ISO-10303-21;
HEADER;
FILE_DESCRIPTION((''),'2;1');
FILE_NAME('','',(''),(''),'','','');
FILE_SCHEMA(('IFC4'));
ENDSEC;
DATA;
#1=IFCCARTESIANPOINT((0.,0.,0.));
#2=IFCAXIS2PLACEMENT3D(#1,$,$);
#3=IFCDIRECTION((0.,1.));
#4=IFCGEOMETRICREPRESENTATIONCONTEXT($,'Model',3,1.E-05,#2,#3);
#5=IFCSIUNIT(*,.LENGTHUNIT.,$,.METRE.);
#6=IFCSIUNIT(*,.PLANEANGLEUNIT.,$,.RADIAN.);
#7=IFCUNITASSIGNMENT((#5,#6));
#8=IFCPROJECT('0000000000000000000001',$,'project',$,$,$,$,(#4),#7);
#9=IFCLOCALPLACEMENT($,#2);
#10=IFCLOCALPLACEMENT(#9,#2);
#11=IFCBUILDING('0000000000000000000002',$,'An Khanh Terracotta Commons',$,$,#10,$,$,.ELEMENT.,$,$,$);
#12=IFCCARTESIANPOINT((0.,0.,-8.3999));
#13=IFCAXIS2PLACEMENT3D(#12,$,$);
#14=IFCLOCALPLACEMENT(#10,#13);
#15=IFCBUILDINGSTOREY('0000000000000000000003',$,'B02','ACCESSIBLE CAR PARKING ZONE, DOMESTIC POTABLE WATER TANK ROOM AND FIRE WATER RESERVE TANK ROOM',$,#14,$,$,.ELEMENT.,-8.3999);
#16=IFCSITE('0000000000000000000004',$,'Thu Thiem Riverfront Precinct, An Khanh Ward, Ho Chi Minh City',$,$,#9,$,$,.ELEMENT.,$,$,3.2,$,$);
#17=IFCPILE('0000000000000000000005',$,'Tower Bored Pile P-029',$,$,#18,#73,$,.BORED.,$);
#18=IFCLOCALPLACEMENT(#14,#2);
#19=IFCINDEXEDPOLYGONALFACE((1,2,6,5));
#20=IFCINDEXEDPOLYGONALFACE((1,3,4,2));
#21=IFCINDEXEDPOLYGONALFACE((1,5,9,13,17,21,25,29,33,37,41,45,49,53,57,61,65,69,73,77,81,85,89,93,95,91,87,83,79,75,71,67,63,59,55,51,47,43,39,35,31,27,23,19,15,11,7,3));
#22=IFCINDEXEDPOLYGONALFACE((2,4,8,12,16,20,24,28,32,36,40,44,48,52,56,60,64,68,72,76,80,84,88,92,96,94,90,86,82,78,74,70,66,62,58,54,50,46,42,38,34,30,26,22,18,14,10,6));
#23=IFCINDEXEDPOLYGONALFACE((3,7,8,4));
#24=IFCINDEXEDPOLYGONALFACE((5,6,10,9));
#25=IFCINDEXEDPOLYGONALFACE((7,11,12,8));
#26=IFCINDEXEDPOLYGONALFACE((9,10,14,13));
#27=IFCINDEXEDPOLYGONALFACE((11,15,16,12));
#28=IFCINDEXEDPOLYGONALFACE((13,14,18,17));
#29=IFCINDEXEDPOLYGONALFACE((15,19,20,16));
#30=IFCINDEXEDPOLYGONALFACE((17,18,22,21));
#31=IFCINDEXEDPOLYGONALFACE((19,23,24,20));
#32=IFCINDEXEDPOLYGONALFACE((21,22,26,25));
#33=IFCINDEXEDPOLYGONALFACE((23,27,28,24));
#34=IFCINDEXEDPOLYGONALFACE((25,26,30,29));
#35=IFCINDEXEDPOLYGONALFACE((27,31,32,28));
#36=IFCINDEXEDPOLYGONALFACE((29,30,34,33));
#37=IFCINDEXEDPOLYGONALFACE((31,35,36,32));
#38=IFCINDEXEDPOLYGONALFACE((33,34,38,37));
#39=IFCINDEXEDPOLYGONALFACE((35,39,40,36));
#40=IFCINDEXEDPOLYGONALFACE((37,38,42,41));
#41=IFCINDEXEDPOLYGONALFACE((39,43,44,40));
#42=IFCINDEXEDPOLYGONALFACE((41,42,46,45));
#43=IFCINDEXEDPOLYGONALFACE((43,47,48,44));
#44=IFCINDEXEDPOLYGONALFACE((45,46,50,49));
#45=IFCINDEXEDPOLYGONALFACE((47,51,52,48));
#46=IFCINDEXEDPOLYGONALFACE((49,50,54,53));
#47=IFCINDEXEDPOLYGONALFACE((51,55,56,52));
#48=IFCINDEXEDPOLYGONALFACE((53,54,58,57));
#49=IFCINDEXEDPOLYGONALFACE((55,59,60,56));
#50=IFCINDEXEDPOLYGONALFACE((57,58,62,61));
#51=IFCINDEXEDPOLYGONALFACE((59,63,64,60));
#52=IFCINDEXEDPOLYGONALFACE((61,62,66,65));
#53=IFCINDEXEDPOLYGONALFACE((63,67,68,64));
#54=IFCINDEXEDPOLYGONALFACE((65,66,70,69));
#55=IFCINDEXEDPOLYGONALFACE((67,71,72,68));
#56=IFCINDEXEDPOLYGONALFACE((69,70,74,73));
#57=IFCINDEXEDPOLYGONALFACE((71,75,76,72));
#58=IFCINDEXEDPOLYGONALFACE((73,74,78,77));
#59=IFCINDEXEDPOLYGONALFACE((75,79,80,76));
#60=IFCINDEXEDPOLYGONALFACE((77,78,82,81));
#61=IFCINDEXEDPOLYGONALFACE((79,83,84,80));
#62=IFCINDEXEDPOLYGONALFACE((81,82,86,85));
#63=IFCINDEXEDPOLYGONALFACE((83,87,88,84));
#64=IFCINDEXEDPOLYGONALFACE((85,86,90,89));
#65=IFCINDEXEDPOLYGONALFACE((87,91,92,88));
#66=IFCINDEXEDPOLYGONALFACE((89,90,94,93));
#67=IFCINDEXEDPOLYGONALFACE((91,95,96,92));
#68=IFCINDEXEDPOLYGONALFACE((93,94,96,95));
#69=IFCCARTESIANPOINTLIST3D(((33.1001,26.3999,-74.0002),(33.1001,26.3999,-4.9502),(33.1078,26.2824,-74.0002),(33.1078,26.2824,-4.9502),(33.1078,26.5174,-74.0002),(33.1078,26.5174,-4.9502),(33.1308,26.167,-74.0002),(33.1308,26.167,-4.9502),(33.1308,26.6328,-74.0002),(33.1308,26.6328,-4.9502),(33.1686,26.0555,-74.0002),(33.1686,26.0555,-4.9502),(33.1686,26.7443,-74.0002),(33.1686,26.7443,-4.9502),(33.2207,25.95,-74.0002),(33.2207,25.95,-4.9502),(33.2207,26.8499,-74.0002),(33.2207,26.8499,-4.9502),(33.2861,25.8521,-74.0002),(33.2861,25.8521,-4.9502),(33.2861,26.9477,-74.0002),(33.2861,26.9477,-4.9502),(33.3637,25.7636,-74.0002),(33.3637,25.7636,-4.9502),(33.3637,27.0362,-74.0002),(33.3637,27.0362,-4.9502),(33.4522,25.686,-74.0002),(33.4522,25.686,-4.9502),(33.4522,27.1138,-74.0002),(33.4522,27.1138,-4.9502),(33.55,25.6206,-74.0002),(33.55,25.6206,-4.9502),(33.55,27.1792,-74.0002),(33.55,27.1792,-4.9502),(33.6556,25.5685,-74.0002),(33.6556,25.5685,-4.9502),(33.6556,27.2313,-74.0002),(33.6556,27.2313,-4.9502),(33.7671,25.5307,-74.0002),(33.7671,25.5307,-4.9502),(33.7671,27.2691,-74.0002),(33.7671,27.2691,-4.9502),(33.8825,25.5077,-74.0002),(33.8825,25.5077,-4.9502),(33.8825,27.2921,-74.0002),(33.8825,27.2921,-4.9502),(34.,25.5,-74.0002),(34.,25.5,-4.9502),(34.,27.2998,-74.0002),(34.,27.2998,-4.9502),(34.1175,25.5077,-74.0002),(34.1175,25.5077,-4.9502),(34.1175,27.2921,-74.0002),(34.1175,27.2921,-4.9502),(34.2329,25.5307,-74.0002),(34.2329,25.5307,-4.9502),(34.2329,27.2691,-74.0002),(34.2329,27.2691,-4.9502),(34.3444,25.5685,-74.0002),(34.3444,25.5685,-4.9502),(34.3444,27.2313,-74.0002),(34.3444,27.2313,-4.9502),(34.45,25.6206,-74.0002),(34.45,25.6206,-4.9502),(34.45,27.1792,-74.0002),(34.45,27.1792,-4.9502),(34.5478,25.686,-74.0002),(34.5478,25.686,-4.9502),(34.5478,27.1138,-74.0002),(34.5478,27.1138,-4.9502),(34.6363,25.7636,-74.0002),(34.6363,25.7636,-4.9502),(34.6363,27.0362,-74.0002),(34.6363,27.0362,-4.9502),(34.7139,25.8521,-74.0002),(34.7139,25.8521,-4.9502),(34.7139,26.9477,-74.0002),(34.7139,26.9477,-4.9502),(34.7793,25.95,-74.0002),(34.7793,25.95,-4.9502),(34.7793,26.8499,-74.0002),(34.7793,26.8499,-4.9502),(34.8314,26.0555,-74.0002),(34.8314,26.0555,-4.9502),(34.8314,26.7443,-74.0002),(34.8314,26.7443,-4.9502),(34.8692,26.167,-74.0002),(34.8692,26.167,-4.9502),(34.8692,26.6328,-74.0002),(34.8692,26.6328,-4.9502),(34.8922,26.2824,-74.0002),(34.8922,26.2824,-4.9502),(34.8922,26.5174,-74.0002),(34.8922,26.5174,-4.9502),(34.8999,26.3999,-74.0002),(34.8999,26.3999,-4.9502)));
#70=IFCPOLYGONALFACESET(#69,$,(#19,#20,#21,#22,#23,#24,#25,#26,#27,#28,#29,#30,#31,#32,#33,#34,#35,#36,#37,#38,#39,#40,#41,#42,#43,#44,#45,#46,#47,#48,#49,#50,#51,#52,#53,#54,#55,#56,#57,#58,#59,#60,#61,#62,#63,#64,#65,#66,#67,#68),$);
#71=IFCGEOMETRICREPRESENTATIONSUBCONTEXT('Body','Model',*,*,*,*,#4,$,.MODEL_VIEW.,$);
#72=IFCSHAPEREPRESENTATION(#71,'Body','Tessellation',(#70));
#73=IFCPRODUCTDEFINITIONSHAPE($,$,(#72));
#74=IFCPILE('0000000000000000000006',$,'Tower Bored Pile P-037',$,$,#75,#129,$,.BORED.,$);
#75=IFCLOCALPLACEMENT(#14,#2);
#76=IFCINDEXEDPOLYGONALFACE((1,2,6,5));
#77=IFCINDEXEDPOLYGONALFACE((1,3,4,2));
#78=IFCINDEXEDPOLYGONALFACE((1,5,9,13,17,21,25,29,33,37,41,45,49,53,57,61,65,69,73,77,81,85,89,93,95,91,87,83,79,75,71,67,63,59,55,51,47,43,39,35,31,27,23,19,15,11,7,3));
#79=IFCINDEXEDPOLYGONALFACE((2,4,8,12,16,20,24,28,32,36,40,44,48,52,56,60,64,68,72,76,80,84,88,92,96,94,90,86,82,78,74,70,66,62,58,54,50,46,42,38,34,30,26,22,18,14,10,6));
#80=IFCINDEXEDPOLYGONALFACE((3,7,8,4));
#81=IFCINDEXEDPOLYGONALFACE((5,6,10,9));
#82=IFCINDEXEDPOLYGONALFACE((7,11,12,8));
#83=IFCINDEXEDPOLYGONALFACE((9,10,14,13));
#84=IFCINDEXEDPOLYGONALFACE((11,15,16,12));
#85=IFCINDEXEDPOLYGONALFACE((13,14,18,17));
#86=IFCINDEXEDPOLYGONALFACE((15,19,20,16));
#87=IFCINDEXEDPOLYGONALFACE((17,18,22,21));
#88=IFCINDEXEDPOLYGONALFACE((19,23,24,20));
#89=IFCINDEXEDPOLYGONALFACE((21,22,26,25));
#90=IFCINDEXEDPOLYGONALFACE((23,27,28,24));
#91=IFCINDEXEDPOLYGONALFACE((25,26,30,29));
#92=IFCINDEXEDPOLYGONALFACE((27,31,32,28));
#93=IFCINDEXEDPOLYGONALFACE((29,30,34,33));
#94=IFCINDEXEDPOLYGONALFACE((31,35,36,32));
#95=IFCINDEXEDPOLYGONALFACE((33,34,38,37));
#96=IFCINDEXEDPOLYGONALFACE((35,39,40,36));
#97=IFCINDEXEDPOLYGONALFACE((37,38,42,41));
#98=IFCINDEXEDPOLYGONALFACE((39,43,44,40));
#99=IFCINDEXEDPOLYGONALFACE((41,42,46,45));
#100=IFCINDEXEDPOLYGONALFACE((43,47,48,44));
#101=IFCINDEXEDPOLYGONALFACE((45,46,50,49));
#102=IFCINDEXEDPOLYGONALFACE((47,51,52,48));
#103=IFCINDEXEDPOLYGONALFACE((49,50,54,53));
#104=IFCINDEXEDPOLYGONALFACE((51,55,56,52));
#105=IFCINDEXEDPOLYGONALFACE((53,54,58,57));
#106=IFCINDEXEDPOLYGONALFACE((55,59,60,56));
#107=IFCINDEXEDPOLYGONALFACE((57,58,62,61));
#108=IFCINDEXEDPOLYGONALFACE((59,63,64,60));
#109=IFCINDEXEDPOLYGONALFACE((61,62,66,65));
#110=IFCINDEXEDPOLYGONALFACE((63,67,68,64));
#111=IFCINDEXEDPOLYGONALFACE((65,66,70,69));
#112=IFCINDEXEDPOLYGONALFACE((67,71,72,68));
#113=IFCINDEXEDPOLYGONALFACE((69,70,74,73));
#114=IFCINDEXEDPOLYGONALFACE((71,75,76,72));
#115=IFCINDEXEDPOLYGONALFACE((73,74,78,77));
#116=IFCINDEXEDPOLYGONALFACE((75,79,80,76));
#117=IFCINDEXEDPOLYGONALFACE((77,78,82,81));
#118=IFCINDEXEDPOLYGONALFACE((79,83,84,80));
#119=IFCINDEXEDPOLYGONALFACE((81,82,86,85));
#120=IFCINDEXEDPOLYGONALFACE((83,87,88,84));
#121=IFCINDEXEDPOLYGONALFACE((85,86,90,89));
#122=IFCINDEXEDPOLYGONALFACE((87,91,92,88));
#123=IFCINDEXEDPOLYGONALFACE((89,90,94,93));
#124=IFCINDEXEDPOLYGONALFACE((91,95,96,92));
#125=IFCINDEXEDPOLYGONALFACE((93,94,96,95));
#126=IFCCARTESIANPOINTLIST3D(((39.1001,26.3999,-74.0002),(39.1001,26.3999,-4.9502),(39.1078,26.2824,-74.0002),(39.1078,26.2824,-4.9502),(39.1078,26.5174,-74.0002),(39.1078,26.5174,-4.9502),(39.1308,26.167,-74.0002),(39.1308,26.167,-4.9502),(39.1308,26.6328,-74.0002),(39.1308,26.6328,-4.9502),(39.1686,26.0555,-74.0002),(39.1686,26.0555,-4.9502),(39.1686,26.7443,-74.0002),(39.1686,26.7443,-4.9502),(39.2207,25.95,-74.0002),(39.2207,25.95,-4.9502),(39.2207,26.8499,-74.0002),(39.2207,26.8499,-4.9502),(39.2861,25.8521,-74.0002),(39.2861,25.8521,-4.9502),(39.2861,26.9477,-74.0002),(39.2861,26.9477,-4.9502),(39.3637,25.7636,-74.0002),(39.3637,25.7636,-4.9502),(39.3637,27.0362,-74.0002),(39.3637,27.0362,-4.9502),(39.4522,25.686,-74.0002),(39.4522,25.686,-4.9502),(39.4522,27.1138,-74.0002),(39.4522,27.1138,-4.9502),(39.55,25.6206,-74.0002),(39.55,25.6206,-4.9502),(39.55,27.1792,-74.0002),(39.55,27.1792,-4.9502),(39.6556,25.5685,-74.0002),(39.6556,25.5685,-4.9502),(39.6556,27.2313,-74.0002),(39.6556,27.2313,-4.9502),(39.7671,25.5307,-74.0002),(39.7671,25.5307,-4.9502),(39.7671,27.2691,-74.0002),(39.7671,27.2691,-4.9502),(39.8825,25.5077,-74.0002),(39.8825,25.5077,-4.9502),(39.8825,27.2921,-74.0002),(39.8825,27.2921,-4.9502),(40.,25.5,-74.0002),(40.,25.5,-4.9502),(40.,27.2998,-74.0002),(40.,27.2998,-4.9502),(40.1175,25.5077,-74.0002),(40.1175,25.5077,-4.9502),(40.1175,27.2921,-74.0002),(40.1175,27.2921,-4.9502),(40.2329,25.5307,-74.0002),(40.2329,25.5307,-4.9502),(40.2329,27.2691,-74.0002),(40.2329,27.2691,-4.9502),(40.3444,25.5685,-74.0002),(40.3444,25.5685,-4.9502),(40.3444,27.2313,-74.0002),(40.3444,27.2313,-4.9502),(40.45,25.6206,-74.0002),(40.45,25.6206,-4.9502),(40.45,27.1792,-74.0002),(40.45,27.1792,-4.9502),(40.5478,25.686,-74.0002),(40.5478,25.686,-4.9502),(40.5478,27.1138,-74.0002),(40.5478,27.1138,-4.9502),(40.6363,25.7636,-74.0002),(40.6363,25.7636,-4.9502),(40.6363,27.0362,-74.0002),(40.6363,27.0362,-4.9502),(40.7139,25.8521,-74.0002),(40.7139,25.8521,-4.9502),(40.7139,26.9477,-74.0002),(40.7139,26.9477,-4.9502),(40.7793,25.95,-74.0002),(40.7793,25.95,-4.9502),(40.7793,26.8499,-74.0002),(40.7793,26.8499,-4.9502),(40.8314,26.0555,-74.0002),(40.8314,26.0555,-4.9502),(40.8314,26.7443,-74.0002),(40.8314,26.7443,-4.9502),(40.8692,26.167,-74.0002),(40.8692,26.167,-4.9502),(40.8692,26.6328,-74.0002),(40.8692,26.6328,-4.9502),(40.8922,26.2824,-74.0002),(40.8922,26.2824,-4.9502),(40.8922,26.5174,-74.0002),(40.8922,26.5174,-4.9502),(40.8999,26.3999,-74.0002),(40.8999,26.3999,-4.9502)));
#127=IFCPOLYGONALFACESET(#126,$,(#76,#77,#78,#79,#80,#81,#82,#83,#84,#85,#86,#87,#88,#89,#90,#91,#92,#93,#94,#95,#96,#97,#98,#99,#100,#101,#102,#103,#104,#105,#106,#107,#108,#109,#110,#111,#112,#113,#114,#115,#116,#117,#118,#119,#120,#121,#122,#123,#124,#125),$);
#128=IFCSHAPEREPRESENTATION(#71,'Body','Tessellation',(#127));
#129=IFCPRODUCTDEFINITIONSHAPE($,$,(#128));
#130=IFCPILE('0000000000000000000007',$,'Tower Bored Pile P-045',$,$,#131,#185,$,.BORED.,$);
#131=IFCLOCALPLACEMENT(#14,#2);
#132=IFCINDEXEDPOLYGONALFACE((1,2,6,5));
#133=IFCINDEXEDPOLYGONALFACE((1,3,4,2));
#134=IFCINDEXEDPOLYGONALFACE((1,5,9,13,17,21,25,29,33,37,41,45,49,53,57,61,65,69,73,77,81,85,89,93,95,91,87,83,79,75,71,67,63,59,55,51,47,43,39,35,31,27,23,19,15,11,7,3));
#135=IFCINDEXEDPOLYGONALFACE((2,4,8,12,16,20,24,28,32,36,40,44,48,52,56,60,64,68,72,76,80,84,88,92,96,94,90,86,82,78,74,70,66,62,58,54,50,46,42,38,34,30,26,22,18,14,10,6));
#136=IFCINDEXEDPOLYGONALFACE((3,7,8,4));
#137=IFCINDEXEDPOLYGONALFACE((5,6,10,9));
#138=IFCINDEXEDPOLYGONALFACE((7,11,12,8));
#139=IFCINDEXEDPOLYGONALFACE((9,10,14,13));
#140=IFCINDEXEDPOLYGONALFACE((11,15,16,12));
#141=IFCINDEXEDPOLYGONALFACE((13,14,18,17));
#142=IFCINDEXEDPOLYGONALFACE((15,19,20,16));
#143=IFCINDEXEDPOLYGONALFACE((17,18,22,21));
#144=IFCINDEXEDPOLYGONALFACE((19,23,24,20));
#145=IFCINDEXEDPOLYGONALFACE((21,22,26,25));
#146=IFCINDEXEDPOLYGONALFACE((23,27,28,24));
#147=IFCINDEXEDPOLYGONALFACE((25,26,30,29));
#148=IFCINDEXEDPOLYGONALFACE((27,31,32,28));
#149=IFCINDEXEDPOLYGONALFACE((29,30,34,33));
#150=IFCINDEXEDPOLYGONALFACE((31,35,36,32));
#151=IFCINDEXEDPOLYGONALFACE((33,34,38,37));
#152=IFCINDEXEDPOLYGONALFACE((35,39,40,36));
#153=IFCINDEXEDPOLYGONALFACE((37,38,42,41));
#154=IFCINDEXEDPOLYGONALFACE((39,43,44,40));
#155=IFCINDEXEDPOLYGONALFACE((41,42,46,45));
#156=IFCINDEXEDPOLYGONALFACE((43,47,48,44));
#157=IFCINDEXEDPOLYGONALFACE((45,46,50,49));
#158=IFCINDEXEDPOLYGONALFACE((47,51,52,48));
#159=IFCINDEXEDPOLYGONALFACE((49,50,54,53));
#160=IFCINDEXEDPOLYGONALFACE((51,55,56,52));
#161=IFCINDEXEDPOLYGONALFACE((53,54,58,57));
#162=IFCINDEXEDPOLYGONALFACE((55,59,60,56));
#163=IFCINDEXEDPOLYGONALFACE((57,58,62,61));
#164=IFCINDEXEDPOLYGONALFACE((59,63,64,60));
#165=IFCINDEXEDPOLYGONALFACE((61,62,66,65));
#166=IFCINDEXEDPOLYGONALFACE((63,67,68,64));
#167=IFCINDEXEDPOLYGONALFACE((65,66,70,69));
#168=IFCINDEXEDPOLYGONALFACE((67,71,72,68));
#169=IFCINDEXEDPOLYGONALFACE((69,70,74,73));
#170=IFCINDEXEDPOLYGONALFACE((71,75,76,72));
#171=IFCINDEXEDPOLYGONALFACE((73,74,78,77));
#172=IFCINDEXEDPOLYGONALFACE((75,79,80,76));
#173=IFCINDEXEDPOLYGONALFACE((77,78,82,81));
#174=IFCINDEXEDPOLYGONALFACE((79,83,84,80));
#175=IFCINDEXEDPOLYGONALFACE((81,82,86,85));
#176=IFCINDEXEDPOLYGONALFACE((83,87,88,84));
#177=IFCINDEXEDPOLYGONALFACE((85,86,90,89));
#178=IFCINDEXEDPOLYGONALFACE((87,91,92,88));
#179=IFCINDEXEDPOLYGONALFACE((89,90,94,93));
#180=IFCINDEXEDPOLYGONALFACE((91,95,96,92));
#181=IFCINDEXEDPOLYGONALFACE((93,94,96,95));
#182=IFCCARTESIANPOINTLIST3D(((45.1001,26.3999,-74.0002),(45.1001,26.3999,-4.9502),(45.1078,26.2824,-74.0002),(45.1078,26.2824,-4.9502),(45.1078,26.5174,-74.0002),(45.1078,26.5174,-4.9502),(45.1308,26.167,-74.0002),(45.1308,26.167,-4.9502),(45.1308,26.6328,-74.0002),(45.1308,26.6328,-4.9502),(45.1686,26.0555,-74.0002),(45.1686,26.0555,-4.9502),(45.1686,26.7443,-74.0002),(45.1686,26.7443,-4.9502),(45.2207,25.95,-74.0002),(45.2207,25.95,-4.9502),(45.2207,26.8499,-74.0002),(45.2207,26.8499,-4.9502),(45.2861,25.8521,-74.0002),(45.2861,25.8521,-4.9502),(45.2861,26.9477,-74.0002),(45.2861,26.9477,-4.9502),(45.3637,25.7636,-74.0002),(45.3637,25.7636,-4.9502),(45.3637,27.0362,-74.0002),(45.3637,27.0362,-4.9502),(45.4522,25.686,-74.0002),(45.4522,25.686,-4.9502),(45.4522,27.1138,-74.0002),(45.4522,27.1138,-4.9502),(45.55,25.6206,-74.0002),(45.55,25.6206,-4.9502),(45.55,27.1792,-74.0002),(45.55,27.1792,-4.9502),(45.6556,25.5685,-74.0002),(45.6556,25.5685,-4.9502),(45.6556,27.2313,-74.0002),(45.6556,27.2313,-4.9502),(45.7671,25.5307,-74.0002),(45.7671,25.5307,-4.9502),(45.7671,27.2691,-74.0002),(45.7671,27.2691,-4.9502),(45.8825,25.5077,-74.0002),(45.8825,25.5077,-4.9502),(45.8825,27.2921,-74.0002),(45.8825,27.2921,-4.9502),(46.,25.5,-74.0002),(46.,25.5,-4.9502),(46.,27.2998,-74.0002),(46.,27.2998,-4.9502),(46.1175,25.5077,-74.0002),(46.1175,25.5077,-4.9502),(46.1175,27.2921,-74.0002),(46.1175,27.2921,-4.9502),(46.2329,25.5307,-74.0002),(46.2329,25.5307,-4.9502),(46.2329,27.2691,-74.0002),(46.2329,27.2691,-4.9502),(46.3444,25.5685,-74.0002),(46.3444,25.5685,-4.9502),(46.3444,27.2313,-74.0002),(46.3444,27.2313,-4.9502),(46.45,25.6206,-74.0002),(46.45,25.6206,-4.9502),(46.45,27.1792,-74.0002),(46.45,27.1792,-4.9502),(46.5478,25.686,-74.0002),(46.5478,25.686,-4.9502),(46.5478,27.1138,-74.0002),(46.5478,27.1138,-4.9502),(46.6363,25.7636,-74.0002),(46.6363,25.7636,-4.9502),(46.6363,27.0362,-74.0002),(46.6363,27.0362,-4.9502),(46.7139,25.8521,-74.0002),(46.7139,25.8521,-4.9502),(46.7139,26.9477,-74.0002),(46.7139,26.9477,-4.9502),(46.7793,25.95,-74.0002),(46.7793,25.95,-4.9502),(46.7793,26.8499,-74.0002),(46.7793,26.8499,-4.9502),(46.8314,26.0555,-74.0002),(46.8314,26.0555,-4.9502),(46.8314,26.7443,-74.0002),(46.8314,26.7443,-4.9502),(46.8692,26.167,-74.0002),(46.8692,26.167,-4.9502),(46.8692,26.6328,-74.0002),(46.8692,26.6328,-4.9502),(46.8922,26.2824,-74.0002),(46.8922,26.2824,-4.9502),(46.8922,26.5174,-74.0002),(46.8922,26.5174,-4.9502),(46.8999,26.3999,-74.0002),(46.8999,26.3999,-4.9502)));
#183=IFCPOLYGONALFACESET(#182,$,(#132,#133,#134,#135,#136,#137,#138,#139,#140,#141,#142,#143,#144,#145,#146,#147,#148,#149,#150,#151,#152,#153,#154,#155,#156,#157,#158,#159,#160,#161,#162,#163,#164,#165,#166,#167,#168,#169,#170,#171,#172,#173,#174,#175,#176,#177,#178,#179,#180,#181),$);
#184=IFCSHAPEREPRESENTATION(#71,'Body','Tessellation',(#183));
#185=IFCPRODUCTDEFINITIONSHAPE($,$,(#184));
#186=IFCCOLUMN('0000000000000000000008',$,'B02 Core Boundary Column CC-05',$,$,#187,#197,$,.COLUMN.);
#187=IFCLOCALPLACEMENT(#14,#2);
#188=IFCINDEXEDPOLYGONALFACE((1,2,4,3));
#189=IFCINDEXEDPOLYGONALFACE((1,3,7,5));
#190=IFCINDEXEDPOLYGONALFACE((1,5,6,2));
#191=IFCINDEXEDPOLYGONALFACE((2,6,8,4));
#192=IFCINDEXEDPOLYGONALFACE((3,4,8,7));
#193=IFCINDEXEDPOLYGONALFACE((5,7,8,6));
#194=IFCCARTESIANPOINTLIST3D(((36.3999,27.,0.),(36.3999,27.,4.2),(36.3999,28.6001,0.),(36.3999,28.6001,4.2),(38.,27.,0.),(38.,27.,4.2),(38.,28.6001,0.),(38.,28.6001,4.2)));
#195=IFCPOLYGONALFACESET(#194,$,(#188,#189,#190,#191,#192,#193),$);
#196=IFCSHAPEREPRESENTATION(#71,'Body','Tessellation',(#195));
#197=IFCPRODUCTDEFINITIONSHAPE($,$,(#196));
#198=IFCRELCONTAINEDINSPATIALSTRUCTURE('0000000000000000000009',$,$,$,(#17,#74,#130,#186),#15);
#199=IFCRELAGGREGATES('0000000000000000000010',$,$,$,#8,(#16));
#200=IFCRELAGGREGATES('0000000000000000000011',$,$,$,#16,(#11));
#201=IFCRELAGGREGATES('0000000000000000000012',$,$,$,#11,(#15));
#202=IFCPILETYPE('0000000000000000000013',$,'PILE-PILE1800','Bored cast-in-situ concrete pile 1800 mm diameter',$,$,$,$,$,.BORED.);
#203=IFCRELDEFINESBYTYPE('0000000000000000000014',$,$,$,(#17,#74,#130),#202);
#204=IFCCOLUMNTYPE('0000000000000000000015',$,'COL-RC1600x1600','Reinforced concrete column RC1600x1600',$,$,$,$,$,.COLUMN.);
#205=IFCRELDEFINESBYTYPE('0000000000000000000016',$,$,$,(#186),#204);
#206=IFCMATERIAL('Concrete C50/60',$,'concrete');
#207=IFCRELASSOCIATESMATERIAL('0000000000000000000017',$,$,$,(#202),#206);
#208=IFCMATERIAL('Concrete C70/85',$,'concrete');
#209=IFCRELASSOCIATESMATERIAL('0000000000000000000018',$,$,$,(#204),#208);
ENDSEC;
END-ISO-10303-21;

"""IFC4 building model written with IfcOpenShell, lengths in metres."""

from ifc_helpers import new_model, si_unit, direction, frame, origin, origin_2d, place, context, subcontext, project, spatial, rectangle, circle, extrude, material, material_profile, profile_set, type_object, element, save


model = new_model("IFC4")

# Units and contexts
model_context = context("Model", 3, precision=1e-05, world=origin(), true_north=direction((0.0, 1.0)))
body_context = subcontext(model_context, "Body", "Model", "MODEL_VIEW")
ifc_project = project(units=[si_unit("LENGTHUNIT", "METRE"), si_unit("PLANEANGLEUNIT", "RADIAN")], contexts=[model_context])

# Site, building, storey
site_placement = place(None, origin())
site = spatial("IfcSite", under=ifc_project, at=site_placement, Name="Thu Thiem Riverfront Precinct, An Khanh Ward, Ho Chi Minh City", CompositionType="ELEMENT", RefElevation=3.2)
building_placement = place(site_placement, origin())
building = spatial("IfcBuilding", under=site, at=building_placement, Name="An Khanh Terracotta Commons", CompositionType="ELEMENT")
storey_placement = place(building_placement, frame((0.0, 0.0, -8.3999)))
storey = spatial("IfcBuildingStorey", under=building, at=storey_placement, Name="B02", Description="ACCESSIBLE CAR PARKING ZONE, DOMESTIC POTABLE WATER TANK ROOM AND FIRE WATER RESERVE TANK ROOM", CompositionType="ELEMENT", Elevation=-8.3999)

# Piles
ifc_material_1 = material(Name="Concrete C50/60", Category="concrete")
ifc_material_profile_1 = material_profile(ifc_material_1, circle(Radius=0.8999, at=origin_2d()), Name="PILE1800")
ifc_profile_set_1 = profile_set([ifc_material_profile_1], Name="Concrete C50/60")
pile_type = type_object("IfcPileType", Name="PILE-PILE1800", Description="Bored cast-in-situ concrete pile 1800 mm diameter", PredefinedType="BORED", material=ifc_profile_set_1)
for number, where, z_axis, x_axis, name in (
    (1, (34.0, 26.3999, -4.9502), (0.0, 0.0, -1.0), (1.0, 0.0, 0.0), "Tower Bored Pile P-029"),
    (2, (40.0, 26.3999, -4.9502), (0.0, 0.0, -1.0), (1.0, 0.0, 0.0), "Tower Bored Pile P-037"),
    (3, (46.0, 26.3999, -4.9502), (0.0, 0.0, -1.0), (1.0, 0.0, 0.0), "Tower Bored Pile P-045"),
):
    element("IfcPile", number, at=place(storey_placement, frame(where, z_axis=z_axis, x_axis=x_axis)), inside=storey, type_object=pile_type, Name=name, PredefinedType="BORED", context=body_context, shape_type="SweptSolid", body=[
        extrude(circle(Radius=0.8999, at=origin_2d()), origin(), (0.0, 0.0, 1.0), 69.05),
    ])

# Column
ifc_material_2 = material(Name="Concrete C70/85", Category="concrete")
ifc_material_profile_2 = material_profile(ifc_material_2, rectangle(XDim=1.6001, YDim=1.6001, at=origin_2d()), Name="RC1600x1600")
ifc_profile_set_2 = profile_set([ifc_material_profile_2], Name="Concrete C70/85")
column_type = type_object("IfcColumnType", Name="COL-RC1600x1600", Description="Reinforced concrete column RC1600x1600", PredefinedType="COLUMN", material=ifc_profile_set_2)
column_placement = place(storey_placement, frame((37.2, 27.8, 0.0), z_axis=(0.0, 0.0, 1.0), x_axis=(1.0, 0.0, 0.0)))
element("IfcColumn", 4, at=column_placement, inside=storey, type_object=column_type, Name="B02 Core Boundary Column CC-05", PredefinedType="COLUMN", context=body_context, shape_type="SweptSolid", body=[
    extrude(rectangle(XDim=1.6001, YDim=1.6001, at=origin_2d()), origin(), (0.0, 0.0, 1.0), 4.2),
])

save(model, "model.ifc")
